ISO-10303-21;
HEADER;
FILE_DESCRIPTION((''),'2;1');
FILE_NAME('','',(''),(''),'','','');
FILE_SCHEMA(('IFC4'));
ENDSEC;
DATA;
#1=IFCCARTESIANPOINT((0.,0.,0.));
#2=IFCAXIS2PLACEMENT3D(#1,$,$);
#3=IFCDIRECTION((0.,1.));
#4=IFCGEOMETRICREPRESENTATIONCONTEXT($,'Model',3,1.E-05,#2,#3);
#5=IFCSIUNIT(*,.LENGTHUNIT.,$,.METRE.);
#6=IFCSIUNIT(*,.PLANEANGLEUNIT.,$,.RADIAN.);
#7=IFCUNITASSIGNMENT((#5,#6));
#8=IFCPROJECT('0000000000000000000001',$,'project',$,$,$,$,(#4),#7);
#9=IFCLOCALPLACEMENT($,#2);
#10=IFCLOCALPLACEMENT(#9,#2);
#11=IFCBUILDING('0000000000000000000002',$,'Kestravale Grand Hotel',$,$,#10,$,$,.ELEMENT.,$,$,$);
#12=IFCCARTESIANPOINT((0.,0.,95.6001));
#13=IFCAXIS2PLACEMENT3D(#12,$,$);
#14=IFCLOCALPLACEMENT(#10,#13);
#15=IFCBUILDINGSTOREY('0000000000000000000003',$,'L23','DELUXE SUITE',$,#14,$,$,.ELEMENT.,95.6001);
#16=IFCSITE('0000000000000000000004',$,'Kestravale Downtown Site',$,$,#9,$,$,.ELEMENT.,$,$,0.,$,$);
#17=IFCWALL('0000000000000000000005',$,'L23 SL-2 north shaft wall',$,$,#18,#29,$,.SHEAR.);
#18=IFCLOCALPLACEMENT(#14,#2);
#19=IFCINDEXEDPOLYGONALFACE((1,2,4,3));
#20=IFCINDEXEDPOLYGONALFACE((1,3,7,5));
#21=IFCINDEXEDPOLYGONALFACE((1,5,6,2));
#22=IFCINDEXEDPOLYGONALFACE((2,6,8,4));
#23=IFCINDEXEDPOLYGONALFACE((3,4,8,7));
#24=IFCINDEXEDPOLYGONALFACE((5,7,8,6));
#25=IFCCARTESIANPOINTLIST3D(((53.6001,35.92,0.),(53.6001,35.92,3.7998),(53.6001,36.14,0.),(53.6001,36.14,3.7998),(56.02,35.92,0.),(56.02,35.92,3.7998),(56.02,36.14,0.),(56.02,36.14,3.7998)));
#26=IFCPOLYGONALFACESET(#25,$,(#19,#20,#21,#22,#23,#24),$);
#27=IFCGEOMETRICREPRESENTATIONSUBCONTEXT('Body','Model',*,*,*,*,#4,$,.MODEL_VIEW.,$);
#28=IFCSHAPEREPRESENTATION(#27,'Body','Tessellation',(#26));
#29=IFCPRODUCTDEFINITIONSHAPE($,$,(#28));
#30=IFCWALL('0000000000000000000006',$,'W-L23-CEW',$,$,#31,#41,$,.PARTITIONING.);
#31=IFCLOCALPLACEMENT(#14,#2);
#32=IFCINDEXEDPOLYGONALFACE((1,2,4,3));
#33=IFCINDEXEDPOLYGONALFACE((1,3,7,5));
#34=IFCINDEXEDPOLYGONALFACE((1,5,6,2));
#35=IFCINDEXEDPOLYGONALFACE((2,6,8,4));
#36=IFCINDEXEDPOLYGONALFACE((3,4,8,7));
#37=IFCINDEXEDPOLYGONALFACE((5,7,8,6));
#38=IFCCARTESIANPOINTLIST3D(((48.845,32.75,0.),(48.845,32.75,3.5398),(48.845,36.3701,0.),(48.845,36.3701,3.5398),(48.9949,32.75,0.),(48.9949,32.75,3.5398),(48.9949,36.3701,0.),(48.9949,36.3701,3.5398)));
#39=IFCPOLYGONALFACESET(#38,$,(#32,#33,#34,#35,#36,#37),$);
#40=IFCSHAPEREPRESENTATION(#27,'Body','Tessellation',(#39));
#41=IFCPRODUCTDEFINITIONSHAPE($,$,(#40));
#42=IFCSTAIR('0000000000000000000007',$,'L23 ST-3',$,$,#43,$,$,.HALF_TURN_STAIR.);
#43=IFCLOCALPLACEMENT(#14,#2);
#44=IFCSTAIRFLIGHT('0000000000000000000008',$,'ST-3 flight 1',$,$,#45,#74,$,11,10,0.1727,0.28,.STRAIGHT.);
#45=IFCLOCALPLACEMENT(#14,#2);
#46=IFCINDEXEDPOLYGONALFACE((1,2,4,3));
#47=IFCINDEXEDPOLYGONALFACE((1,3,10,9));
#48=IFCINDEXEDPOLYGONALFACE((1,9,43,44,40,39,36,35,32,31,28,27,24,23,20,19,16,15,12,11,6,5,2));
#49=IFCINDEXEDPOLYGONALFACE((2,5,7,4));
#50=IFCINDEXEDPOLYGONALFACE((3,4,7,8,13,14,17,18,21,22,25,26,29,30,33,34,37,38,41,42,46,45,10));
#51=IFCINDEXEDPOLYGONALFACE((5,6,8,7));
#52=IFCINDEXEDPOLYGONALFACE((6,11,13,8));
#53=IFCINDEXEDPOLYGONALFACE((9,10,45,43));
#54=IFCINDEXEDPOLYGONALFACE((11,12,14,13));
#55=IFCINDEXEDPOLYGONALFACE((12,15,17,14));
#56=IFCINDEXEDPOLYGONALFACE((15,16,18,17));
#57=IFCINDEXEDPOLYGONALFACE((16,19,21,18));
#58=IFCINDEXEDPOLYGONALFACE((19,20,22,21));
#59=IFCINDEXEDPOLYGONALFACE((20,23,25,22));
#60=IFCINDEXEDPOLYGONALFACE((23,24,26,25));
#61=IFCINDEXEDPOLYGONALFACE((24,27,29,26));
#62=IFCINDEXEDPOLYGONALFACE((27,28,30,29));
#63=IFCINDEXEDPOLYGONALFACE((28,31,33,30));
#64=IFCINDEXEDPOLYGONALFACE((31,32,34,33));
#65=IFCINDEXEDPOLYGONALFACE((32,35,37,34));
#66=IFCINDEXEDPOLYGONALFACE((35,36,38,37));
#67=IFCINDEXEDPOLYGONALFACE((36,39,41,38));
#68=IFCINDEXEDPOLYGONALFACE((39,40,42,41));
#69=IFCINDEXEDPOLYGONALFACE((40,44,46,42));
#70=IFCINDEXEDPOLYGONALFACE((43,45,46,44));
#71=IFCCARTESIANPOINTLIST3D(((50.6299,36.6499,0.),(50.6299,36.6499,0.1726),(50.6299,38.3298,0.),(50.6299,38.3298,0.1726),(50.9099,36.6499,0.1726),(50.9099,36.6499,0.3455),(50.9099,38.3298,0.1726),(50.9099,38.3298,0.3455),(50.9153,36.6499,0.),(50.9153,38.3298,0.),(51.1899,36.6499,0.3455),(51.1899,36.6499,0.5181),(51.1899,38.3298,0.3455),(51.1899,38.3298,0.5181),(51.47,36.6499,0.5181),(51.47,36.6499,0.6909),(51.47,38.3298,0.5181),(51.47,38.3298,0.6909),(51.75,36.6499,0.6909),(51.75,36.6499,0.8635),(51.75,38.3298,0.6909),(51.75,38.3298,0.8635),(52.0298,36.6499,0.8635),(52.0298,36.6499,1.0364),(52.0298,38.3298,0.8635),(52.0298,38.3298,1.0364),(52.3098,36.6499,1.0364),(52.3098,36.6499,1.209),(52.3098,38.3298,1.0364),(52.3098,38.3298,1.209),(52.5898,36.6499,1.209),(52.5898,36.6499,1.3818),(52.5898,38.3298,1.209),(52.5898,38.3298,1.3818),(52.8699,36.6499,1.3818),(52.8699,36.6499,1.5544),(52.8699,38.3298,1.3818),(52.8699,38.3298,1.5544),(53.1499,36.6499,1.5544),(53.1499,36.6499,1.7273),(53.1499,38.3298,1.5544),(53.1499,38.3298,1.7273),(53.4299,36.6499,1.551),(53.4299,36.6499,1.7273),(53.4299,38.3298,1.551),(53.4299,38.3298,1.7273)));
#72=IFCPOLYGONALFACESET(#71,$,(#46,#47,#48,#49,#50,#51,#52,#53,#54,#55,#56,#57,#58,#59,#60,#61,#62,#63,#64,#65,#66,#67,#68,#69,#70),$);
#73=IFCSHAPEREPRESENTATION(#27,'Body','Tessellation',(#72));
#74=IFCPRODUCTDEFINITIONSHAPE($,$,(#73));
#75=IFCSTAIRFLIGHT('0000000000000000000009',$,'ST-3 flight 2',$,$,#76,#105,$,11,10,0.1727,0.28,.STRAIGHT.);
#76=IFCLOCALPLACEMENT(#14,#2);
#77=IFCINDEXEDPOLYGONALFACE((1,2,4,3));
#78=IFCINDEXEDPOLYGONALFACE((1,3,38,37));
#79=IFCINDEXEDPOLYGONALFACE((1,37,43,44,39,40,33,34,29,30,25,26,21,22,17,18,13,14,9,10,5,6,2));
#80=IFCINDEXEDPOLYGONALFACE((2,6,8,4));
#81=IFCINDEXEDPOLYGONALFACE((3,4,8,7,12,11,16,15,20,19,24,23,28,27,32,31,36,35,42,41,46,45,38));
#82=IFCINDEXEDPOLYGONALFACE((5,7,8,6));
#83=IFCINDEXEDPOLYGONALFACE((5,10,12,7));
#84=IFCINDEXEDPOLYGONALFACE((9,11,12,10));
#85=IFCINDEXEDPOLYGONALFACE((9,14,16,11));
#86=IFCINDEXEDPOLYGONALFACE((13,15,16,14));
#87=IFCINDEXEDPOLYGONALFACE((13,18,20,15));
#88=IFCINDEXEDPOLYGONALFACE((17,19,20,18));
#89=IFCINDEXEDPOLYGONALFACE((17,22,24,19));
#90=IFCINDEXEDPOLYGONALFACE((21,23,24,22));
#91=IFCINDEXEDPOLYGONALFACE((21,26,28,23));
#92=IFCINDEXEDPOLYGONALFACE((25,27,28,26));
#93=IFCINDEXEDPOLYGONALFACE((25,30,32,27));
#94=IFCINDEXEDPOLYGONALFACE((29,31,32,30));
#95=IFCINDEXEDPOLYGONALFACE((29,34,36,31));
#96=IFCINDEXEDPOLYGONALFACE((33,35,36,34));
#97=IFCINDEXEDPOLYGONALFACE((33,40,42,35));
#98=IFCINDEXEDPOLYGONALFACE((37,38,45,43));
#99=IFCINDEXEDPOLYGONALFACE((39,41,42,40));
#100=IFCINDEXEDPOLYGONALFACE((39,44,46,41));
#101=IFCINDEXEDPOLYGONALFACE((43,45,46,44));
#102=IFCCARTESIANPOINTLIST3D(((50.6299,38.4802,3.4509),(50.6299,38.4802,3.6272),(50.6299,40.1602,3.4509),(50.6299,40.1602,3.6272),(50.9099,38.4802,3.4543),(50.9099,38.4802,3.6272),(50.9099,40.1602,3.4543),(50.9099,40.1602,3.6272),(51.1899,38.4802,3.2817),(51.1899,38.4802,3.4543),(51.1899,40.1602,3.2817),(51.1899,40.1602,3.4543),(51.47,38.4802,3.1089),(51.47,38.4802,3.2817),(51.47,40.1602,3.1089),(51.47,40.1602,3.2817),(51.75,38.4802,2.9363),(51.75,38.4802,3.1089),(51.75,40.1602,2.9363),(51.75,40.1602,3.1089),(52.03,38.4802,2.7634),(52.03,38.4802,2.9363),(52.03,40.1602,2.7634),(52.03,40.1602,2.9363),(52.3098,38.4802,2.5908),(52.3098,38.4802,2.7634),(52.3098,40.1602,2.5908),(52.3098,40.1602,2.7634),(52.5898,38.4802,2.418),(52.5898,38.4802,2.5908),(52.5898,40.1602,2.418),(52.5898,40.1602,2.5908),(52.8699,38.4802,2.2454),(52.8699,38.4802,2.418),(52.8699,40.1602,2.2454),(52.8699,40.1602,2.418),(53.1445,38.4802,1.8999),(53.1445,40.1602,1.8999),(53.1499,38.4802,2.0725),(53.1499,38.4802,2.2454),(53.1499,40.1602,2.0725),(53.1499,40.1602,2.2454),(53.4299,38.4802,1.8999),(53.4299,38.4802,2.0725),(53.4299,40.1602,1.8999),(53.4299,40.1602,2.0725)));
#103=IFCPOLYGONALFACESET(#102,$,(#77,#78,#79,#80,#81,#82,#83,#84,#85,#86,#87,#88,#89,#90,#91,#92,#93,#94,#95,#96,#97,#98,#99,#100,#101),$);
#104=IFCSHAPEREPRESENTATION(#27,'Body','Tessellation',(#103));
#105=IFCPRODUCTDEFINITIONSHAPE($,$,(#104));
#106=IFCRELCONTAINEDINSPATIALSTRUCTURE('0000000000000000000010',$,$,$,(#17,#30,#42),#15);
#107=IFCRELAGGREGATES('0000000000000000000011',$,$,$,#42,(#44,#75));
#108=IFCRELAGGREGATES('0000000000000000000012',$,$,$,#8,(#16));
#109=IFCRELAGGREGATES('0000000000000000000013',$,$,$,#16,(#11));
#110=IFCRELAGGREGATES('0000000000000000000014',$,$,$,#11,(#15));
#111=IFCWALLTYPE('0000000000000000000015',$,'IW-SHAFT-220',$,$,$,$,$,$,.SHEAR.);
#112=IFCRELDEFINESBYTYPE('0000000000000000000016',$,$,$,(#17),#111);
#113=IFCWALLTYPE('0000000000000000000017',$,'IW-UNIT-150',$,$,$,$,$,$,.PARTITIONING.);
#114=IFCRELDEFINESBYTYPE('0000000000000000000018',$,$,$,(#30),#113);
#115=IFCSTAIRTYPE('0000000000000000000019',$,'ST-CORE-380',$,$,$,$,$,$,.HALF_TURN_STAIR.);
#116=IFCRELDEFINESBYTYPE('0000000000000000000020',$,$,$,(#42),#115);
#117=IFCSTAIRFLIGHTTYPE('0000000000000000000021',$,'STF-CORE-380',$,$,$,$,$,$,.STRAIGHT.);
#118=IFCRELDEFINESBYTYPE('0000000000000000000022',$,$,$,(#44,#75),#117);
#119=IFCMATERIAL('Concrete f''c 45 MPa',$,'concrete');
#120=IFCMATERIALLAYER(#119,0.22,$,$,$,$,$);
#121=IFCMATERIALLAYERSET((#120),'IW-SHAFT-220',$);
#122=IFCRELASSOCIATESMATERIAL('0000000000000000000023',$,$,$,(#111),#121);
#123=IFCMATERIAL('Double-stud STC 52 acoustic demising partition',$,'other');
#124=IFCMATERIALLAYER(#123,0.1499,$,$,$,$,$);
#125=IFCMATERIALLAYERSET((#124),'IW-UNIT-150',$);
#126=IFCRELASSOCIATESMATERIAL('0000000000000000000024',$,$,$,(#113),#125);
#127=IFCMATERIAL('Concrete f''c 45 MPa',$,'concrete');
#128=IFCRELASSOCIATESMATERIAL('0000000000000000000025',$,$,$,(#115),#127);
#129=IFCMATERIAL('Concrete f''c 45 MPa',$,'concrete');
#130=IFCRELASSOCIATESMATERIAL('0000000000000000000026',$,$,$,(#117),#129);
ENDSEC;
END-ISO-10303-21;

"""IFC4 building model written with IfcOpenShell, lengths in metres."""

from ifc_helpers import new_model, si_unit, direction, frame, frame_2d, origin, place, context, subcontext, project, spatial, polyline, rectangle, outline, extrude, material, layer, layer_set, type_object, element, aggregate, save


model = new_model("IFC4")

# Units and contexts
model_context = context("Model", 3, precision=1e-05, world=origin(), true_north=direction((0.0, 1.0)))
body_context = subcontext(model_context, "Body", "Model", "MODEL_VIEW")
ifc_project = project(units=[si_unit("LENGTHUNIT", "METRE"), si_unit("PLANEANGLEUNIT", "RADIAN")], contexts=[model_context])

# Site, building, storey
site_placement = place(None, origin())
site = spatial("IfcSite", under=ifc_project, at=site_placement, Name="Kestravale Downtown Site", CompositionType="ELEMENT", RefElevation=0.0)
building_placement = place(site_placement, origin())
building = spatial("IfcBuilding", under=site, at=building_placement, Name="Kestravale Grand Hotel", CompositionType="ELEMENT")
storey_placement = place(building_placement, frame((0.0, 0.0, 95.6001)))
storey = spatial("IfcBuildingStorey", under=building, at=storey_placement, Name="L23", Description="DELUXE SUITE", CompositionType="ELEMENT", Elevation=95.6001)

# Shared definitions
ifc_material_1 = material(Name="Concrete f'c 45 MPa", Category="concrete")
ifc_layer_1 = layer(ifc_material_1, 0.22)
ifc_layer_set_1 = layer_set([ifc_layer_1], Name="IW-SHAFT-220")
wall_type_1 = type_object("IfcWallType", Name="IW-SHAFT-220", PredefinedType="SHEAR", material=ifc_layer_set_1)

# Wall
wall_1_placement = place(storey_placement, frame((53.6001, 36.03, 0.0), z_axis=(0.0, 0.0, 1.0), x_axis=(1.0, 0.0, 0.0)))
element("IfcWall", 1, at=wall_1_placement, inside=storey, type_object=wall_type_1, Name="L23 SL-2 north shaft wall", PredefinedType="SHEAR", context=body_context, shape_type="SweptSolid", body=[
    extrude(rectangle(XDim=2.4199, YDim=0.22, at=frame_2d((1.21, 0.0))), origin(), (0.0, 0.0, 1.0), 3.7998),
])

# Wall
ifc_material_2 = material(Name="Double-stud STC 52 acoustic demising partition", Category="other")
ifc_layer_2 = layer(ifc_material_2, 0.1499)
ifc_layer_set_2 = layer_set([ifc_layer_2], Name="IW-UNIT-150")
wall_type_2 = type_object("IfcWallType", Name="IW-UNIT-150", PredefinedType="PARTITIONING", material=ifc_layer_set_2)
wall_2_placement = place(storey_placement, frame((48.9199, 32.75, 0.0), z_axis=(0.0, 0.0, 1.0), x_axis=(0.0, 1.0, 0.0)))
element("IfcWall", 2, at=wall_2_placement, inside=storey, type_object=wall_type_2, Name="W-L23-CEW", PredefinedType="PARTITIONING", context=body_context, shape_type="SweptSolid", body=[
    extrude(rectangle(XDim=3.6201, YDim=0.1499, at=frame_2d((1.8101, 0.0))), origin(), (0.0, 0.0, 1.0), 3.5398),
])

# Stair, stair flights
ifc_material_3 = material(Name="Concrete f'c 45 MPa", Category="concrete")
stair_type = type_object("IfcStairType", Name="ST-CORE-380", PredefinedType="HALF_TURN_STAIR", material=ifc_material_3)
stair_placement = place(storey_placement, origin())
stair = element("IfcStair", 3, at=stair_placement, inside=storey, type_object=stair_type, Name="L23 ST-3", PredefinedType="HALF_TURN_STAIR")
ifc_material_4 = material(Name="Concrete f'c 45 MPa", Category="concrete")
stair_flight_type = type_object("IfcStairFlightType", Name="STF-CORE-380", PredefinedType="STRAIGHT", material=ifc_material_4)
stair_flight_1_placement = place(storey_placement, frame((50.6299, 37.49, 0.0), z_axis=(0.0, 0.0, 1.0), x_axis=(1.0, 0.0, 0.0)))
stair_flight_1 = element("IfcStairFlight", 4, at=stair_flight_1_placement, type_object=stair_flight_type, Name="ST-3 flight 1", NumberOfRisers=11, NumberOfTreads=10, PredefinedType="STRAIGHT", RiserHeight=0.1727, TreadLength=0.28, context=body_context, shape_type="SweptSolid", body=[
    extrude(outline(polyline([(0.0, 0.0), (0.0, 0.1726), (0.28, 0.1726), (0.28, 0.3455), (0.5601, 0.3455), (0.5601, 0.5181), (0.8401, 0.5181), (0.8401, 0.6909), (1.1201, 0.6909), (1.1201, 0.8635), (1.3999, 0.8635), (1.3999, 1.0364), (1.6799, 1.0364), (1.6799, 1.209), (1.96, 1.209), (1.96, 1.3818), (2.24, 1.3818), (2.24, 1.5544), (2.52, 1.5544), (2.52, 1.7273), (2.8, 1.7273), (2.8, 1.8999), (2.8, 1.551), (0.2854, 0.0), (0.0, 0.0)])), frame((0.0, 0.8398, 0.0), z_axis=(0.0, -1.0, 0.0), x_axis=(1.0, 0.0, 0.0)), (0.0, 0.0, 1.0), 1.6799),
])
stair_flight_2_placement = place(storey_placement, frame((53.4299, 39.3201, 1.8999), z_axis=(0.0, 0.0, 1.0), x_axis=(-1.0, 0.0, 0.0)))
stair_flight_2 = element("IfcStairFlight", 5, at=stair_flight_2_placement, type_object=stair_flight_type, Name="ST-3 flight 2", NumberOfRisers=11, NumberOfTreads=10, PredefinedType="STRAIGHT", RiserHeight=0.1727, TreadLength=0.28, context=body_context, shape_type="SweptSolid", body=[
    extrude(outline(polyline([(0.0, 0.0), (0.0, 0.1726), (0.28, 0.1726), (0.28, 0.3455), (0.5601, 0.3455), (0.5601, 0.5181), (0.8401, 0.5181), (0.8401, 0.6909), (1.1201, 0.6909), (1.1201, 0.8635), (1.3999, 0.8635), (1.3999, 1.0364), (1.6799, 1.0364), (1.6799, 1.209), (1.96, 1.209), (1.96, 1.3818), (2.24, 1.3818), (2.24, 1.5544), (2.52, 1.5544), (2.52, 1.7273), (2.8, 1.7273), (2.8, 1.8999), (2.8, 1.551), (0.2854, 0.0), (0.0, 0.0)])), frame((0.0, 0.8398, 0.0), z_axis=(0.0, -1.0, 0.0), x_axis=(1.0, 0.0, 0.0)), (0.0, 0.0, 1.0), 1.6799),
])
aggregate(stair, [stair_flight_1, stair_flight_2])

save(model, "model.ifc")
